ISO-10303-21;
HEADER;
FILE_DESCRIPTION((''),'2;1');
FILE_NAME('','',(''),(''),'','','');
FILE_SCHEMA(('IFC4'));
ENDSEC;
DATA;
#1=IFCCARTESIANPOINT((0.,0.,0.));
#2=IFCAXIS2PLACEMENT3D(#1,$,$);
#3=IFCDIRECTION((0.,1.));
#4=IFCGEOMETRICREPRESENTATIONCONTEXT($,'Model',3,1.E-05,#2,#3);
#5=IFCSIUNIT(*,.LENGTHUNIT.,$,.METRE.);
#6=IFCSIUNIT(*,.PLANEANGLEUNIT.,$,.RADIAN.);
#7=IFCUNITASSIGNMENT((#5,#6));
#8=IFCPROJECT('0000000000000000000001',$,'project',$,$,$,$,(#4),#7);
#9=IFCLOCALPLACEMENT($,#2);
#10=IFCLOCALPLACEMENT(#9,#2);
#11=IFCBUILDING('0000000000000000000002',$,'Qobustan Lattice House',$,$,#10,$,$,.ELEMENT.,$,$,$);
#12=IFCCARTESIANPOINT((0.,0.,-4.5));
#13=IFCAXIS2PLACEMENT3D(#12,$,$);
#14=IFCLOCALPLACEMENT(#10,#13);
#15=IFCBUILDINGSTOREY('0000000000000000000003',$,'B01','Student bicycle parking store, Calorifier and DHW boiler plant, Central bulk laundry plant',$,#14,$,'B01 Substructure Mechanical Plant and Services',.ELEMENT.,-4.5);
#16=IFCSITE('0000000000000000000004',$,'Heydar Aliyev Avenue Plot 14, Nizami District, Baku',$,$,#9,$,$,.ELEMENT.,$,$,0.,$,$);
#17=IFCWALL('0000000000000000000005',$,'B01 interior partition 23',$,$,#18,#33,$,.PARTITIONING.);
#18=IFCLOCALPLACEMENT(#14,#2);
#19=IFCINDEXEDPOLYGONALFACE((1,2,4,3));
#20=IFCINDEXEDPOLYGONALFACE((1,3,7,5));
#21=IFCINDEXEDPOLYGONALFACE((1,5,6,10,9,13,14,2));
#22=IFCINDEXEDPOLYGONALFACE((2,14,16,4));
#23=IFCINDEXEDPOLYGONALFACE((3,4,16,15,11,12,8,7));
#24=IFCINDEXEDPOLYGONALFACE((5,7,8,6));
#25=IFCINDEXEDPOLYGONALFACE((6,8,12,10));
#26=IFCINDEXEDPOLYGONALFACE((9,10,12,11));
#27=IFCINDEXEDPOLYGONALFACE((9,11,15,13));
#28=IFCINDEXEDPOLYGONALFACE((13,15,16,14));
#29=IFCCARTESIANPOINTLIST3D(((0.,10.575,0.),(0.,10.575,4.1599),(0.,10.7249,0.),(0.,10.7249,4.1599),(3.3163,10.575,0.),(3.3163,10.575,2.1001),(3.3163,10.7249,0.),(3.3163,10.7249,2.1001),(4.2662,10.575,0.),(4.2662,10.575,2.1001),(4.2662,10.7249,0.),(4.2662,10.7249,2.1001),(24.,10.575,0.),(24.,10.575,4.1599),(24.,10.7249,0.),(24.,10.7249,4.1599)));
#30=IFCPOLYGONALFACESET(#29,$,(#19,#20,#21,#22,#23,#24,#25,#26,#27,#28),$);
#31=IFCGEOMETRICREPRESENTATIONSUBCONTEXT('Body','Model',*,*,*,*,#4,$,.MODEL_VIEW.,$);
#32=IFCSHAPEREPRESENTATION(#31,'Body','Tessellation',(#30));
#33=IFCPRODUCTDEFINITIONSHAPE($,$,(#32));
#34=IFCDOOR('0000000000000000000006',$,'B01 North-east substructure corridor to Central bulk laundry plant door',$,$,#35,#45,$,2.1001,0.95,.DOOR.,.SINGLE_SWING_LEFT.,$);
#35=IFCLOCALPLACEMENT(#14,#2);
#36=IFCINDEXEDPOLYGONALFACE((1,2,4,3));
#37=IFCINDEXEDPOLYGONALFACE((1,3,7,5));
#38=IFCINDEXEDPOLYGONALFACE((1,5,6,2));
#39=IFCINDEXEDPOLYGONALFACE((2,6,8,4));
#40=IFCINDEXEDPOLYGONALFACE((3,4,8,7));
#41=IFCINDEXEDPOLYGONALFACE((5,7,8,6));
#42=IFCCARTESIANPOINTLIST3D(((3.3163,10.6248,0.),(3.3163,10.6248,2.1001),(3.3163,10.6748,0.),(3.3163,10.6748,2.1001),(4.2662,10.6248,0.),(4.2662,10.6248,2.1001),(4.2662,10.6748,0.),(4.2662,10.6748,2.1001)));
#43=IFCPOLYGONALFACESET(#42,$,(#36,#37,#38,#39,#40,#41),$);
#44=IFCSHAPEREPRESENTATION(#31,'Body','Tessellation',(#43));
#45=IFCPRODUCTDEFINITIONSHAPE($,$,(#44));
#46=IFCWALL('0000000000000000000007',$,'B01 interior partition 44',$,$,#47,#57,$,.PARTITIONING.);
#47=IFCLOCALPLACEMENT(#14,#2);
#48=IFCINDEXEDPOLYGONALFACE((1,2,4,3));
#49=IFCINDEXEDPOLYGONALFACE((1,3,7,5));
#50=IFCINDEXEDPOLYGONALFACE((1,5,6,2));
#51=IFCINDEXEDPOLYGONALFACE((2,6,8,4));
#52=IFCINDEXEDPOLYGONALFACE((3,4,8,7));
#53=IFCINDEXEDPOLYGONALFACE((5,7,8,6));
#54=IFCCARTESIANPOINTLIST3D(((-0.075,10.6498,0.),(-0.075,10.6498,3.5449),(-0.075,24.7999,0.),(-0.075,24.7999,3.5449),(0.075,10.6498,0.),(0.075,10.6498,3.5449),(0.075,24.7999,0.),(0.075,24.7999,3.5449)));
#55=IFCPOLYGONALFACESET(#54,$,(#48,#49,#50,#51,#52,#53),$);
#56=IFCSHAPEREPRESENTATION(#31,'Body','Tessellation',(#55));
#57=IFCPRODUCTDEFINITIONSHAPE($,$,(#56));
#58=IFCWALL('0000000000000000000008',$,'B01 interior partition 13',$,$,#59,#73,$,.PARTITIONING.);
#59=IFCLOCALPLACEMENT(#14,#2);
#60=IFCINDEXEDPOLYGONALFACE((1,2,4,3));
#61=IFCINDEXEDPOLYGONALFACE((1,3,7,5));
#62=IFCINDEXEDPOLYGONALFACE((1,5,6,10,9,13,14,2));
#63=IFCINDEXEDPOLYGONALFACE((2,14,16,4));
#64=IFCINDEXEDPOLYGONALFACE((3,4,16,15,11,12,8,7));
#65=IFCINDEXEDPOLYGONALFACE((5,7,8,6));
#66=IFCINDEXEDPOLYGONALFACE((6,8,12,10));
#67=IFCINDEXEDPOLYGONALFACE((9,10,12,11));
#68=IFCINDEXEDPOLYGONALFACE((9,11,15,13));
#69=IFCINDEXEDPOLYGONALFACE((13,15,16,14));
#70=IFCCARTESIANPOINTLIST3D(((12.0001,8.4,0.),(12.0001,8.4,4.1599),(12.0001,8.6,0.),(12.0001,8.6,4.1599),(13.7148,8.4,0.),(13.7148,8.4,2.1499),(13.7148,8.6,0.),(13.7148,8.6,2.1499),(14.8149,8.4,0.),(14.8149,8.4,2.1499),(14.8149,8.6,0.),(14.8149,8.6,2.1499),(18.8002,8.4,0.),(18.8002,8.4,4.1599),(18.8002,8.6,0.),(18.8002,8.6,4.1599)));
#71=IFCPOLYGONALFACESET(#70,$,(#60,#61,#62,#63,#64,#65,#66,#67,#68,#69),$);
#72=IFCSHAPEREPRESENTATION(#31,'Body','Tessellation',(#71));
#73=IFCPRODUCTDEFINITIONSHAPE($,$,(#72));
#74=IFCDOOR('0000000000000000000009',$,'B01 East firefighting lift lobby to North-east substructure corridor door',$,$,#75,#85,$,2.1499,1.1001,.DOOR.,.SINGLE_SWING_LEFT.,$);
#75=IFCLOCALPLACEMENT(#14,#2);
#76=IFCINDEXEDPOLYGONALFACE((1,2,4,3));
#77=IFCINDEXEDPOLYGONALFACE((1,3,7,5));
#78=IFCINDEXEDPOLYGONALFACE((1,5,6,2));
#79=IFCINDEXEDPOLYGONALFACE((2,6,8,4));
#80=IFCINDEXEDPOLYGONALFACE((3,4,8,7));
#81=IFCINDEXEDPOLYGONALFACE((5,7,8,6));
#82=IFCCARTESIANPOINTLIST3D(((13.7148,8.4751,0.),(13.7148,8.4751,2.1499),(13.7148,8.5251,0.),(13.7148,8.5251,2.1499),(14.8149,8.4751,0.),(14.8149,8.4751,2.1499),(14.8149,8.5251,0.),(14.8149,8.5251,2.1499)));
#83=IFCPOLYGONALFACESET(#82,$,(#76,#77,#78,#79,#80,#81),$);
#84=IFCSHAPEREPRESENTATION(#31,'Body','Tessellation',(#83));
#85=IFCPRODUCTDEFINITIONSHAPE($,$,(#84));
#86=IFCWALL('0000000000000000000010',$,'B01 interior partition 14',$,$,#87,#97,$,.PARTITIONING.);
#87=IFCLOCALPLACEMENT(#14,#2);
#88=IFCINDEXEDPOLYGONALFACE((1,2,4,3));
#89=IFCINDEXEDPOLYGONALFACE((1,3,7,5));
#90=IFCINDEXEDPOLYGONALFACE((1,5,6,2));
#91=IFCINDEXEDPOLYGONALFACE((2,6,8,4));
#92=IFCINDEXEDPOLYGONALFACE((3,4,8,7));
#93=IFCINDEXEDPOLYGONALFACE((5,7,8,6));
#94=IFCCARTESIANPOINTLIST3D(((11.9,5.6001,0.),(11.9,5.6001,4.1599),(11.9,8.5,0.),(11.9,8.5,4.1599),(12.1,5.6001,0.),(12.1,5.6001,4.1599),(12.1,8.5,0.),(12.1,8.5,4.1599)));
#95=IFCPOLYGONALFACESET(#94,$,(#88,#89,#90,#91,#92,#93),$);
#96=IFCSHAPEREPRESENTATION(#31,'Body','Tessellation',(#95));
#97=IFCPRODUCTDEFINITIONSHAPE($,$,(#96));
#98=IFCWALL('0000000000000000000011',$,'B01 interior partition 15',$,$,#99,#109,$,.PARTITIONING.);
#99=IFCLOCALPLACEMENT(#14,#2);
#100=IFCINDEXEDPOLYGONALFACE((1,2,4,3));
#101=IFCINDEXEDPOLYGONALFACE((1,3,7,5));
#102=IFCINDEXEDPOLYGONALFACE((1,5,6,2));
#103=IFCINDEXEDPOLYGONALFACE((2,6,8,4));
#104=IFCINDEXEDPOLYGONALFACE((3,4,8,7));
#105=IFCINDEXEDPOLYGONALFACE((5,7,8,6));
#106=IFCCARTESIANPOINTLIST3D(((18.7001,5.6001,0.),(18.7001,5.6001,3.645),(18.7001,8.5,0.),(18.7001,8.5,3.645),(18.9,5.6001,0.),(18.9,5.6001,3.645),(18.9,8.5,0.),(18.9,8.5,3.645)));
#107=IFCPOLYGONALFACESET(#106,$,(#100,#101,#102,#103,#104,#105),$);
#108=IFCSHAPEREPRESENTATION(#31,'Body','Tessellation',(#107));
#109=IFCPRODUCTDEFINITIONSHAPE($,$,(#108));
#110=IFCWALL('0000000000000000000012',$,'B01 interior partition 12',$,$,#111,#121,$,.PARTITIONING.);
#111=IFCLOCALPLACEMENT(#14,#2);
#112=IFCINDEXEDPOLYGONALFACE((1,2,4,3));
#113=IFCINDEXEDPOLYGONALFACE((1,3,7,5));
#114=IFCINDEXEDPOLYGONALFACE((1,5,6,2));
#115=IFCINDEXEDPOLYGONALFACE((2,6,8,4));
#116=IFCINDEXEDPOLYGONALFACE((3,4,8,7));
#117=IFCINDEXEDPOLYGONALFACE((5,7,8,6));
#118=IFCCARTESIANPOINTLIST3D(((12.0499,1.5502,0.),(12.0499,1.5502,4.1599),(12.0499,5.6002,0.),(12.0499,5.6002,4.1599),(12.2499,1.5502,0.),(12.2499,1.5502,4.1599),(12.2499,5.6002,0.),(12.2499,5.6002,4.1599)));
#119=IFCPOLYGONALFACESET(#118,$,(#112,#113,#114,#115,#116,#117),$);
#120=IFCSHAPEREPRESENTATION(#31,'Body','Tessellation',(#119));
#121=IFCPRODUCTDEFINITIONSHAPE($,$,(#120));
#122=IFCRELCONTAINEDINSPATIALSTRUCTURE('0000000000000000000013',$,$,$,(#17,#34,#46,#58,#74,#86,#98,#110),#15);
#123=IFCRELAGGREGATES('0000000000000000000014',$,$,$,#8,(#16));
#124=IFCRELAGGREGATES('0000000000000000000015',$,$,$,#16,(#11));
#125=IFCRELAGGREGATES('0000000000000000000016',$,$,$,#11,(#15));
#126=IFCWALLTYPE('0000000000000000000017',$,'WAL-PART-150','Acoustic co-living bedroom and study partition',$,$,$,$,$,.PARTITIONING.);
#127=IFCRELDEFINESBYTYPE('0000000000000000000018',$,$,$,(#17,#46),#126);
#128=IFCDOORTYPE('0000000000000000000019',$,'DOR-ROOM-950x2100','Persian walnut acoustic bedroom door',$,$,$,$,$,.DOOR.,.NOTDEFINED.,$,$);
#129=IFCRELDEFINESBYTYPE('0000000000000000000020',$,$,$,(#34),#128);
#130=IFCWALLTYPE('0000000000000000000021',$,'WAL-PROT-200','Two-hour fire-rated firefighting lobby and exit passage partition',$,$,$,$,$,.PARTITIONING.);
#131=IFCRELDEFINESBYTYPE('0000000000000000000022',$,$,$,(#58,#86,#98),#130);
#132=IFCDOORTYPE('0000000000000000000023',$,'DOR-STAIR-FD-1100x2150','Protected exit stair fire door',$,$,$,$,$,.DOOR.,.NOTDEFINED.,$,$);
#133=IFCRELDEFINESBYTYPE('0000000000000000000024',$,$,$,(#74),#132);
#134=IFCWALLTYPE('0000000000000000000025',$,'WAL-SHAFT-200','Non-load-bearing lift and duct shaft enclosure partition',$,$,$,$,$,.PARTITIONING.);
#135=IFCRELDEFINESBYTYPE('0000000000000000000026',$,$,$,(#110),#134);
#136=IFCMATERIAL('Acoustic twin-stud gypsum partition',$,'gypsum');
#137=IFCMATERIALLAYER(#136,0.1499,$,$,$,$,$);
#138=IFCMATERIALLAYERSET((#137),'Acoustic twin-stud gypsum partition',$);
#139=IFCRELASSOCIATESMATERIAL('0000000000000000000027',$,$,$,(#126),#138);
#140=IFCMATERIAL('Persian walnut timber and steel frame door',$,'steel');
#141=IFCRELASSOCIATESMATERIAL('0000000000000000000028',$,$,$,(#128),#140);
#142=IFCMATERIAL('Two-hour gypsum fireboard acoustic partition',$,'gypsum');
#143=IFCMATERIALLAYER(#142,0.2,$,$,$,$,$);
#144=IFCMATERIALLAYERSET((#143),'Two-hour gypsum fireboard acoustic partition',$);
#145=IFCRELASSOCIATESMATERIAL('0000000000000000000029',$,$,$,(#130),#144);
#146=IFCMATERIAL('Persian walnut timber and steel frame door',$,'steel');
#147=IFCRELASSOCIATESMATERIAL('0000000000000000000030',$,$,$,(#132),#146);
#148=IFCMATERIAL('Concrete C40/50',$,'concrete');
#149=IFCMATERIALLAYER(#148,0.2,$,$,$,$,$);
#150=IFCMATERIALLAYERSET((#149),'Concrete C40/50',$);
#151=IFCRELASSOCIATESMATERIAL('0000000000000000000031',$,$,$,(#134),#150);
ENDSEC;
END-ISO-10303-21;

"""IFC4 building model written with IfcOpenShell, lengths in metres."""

from ifc_helpers import new_model, si_unit, direction, frame, frame_2d, origin, place, context, subcontext, project, spatial, rectangle, extrude, material, layer, layer_set, type_object, element, fill, save


model = new_model("IFC4")

# Units and contexts
model_context = context("Model", 3, precision=1e-05, world=origin(), true_north=direction((0.0, 1.0)))
body_context = subcontext(model_context, "Body", "Model", "MODEL_VIEW")
ifc_project = project(units=[si_unit("LENGTHUNIT", "METRE"), si_unit("PLANEANGLEUNIT", "RADIAN")], contexts=[model_context])

# Site, building, storey
site_placement = place(None, origin())
site = spatial("IfcSite", under=ifc_project, at=site_placement, Name="Heydar Aliyev Avenue Plot 14, Nizami District, Baku", CompositionType="ELEMENT", RefElevation=0.0)
building_placement = place(site_placement, origin())
building = spatial("IfcBuilding", under=site, at=building_placement, Name="Qobustan Lattice House", CompositionType="ELEMENT")
storey_placement = place(building_placement, frame((0.0, 0.0, -4.5)))
storey = spatial("IfcBuildingStorey", under=building, at=storey_placement, Name="B01", Description="Student bicycle parking store, Calorifier and DHW boiler plant, Central bulk laundry plant", LongName="B01 Substructure Mechanical Plant and Services", CompositionType="ELEMENT", Elevation=-4.5)

# Wall, opening, door
ifc_material_1 = material(Name="Acoustic twin-stud gypsum partition", Category="gypsum")
ifc_layer_1 = layer(ifc_material_1, 0.1499)
ifc_layer_set_1 = layer_set([ifc_layer_1], Name="Acoustic twin-stud gypsum partition")
wall_type_1 = type_object("IfcWallType", Name="WAL-PART-150", Description="Acoustic co-living bedroom and study partition", PredefinedType="PARTITIONING", material=ifc_layer_set_1)
wall_1_placement = place(storey_placement, frame((0.0, 10.6499, 0.0), z_axis=(0.0, 0.0, 1.0), x_axis=(1.0, 0.0, 0.0)))
wall_1 = element("IfcWall", 1, at=wall_1_placement, inside=storey, type_object=wall_type_1, Name="B01 interior partition 23", PredefinedType="PARTITIONING", context=body_context, shape_type="SweptSolid", body=[
    extrude(rectangle(XDim=24.0, YDim=0.1499, at=frame_2d((12.0, 0.0))), origin(), (0.0, 0.0, 1.0), 4.1599),
])
opening_1_placement = place(wall_1_placement, frame((3.3162, 0.0, 0.0)))
opening_1 = element("IfcOpeningElement", 2, at=opening_1_placement, cuts=wall_1, PredefinedType="OPENING", context=body_context, shape_type="SweptSolid", body=[
    extrude(rectangle(XDim=0.95, YDim=2.1001, at=frame_2d((0.4751, 1.05))), frame((0.0, 0.085, 0.0), z_axis=(0.0, -1.0, 0.0), x_axis=(1.0, 0.0, 0.0)), (0.0, 0.0, 1.0), 0.1699),
])
ifc_material_2 = material(Name="Persian walnut timber and steel frame door", Category="steel")
door_type_1 = type_object("IfcDoorType", Name="DOR-ROOM-950x2100", Description="Persian walnut acoustic bedroom door", OperationType="NOTDEFINED", PredefinedType="DOOR", material=ifc_material_2)
door_1_placement = place(opening_1_placement, origin())
door_1 = element("IfcDoor", 3, at=door_1_placement, inside=storey, type_object=door_type_1, Name="B01 North-east substructure corridor to Central bulk laundry plant door", OperationType="SINGLE_SWING_LEFT", OverallHeight=2.1001, OverallWidth=0.95, PredefinedType="DOOR", context=body_context, shape_type="SweptSolid", body=[
    extrude(rectangle(XDim=0.95, YDim=2.1001, at=frame_2d((0.4751, 1.05))), frame((0.0, 0.0249, 0.0), z_axis=(0.0, -1.0, 0.0), x_axis=(1.0, 0.0, 0.0)), (0.0, 0.0, 1.0), 0.05),
])
fill(opening_1, door_1)

# Wall
wall_2_placement = place(storey_placement, frame((0.0, 24.8, 0.0), z_axis=(0.0, 0.0, 1.0), x_axis=(0.0, -1.0, 0.0)))
element("IfcWall", 4, at=wall_2_placement, inside=storey, type_object=wall_type_1, Name="B01 interior partition 44", PredefinedType="PARTITIONING", context=body_context, shape_type="SweptSolid", body=[
    extrude(rectangle(XDim=14.1501, YDim=0.1499, at=frame_2d((7.0752, 0.0))), origin(), (0.0, 0.0, 1.0), 3.5449),
])

# Wall, opening, door
ifc_material_3 = material(Name="Two-hour gypsum fireboard acoustic partition", Category="gypsum")
ifc_layer_2 = layer(ifc_material_3, 0.2)
ifc_layer_set_2 = layer_set([ifc_layer_2], Name="Two-hour gypsum fireboard acoustic partition")
wall_type_2 = type_object("IfcWallType", Name="WAL-PROT-200", Description="Two-hour fire-rated firefighting lobby and exit passage partition", PredefinedType="PARTITIONING", material=ifc_layer_set_2)
wall_3_placement = place(storey_placement, frame((18.8, 8.5, 0.0), z_axis=(0.0, 0.0, 1.0), x_axis=(-1.0, 0.0, 0.0)))
wall_3 = element("IfcWall", 5, at=wall_3_placement, inside=storey, type_object=wall_type_2, Name="B01 interior partition 13", PredefinedType="PARTITIONING", context=body_context, shape_type="SweptSolid", body=[
    extrude(rectangle(XDim=6.8, YDim=0.2, at=frame_2d((3.3999, 0.0))), origin(), (0.0, 0.0, 1.0), 4.1599),
])
opening_2_placement = place(wall_3_placement, frame((3.9851, 0.0, 0.0)))
opening_2 = element("IfcOpeningElement", 6, at=opening_2_placement, cuts=wall_3, PredefinedType="OPENING", context=body_context, shape_type="SweptSolid", body=[
    extrude(rectangle(XDim=1.1001, YDim=2.1499, at=frame_2d((0.55, 1.075))), frame((0.0, 0.1099, 0.0), z_axis=(0.0, -1.0, 0.0), x_axis=(1.0, 0.0, 0.0)), (0.0, 0.0, 1.0), 0.22),
])
ifc_material_4 = material(Name="Persian walnut timber and steel frame door", Category="steel")
door_type_2 = type_object("IfcDoorType", Name="DOR-STAIR-FD-1100x2150", Description="Protected exit stair fire door", OperationType="NOTDEFINED", PredefinedType="DOOR", material=ifc_material_4)
door_2_placement = place(opening_2_placement, origin())
door_2 = element("IfcDoor", 7, at=door_2_placement, inside=storey, type_object=door_type_2, Name="B01 East firefighting lift lobby to North-east substructure corridor door", OperationType="SINGLE_SWING_LEFT", OverallHeight=2.1499, OverallWidth=1.1001, PredefinedType="DOOR", context=body_context, shape_type="SweptSolid", body=[
    extrude(rectangle(XDim=1.1001, YDim=2.1499, at=frame_2d((0.55, 1.075))), frame((0.0, 0.0249, 0.0), z_axis=(0.0, -1.0, 0.0), x_axis=(1.0, 0.0, 0.0)), (0.0, 0.0, 1.0), 0.05),
])
fill(opening_2, door_2)

# Walls
wall_4_placement = place(storey_placement, frame((12.0, 8.5, 0.0), z_axis=(0.0, 0.0, 1.0), x_axis=(0.0, -1.0, 0.0)))
element("IfcWall", 8, at=wall_4_placement, inside=storey, type_object=wall_type_2, Name="B01 interior partition 14", PredefinedType="PARTITIONING", context=body_context, shape_type="SweptSolid", body=[
    extrude(rectangle(XDim=2.8999, YDim=0.2, at=frame_2d((1.45, 0.0))), origin(), (0.0, 0.0, 1.0), 4.1599),
])
wall_5_placement = place(storey_placement, frame((18.8, 5.6001, 0.0), z_axis=(0.0, 0.0, 1.0), x_axis=(0.0, 1.0, 0.0)))
element("IfcWall", 9, at=wall_5_placement, inside=storey, type_object=wall_type_2, Name="B01 interior partition 15", PredefinedType="PARTITIONING", context=body_context, shape_type="SweptSolid", body=[
    extrude(rectangle(XDim=2.8999, YDim=0.2, at=frame_2d((1.45, 0.0))), origin(), (0.0, 0.0, 1.0), 3.645),
])
ifc_material_5 = material(Name="Concrete C40/50", Category="concrete")
ifc_layer_3 = layer(ifc_material_5, 0.2)
ifc_layer_set_3 = layer_set([ifc_layer_3], Name="Concrete C40/50")
wall_type_3 = type_object("IfcWallType", Name="WAL-SHAFT-200", Description="Non-load-bearing lift and duct shaft enclosure partition", PredefinedType="PARTITIONING", material=ifc_layer_set_3)
wall_6_placement = place(storey_placement, frame((12.1499, 5.6001, 0.0), z_axis=(0.0, 0.0, 1.0), x_axis=(0.0, -1.0, 0.0)))
element("IfcWall", 10, at=wall_6_placement, inside=storey, type_object=wall_type_3, Name="B01 interior partition 12", PredefinedType="PARTITIONING", context=body_context, shape_type="SweptSolid", body=[
    extrude(rectangle(XDim=4.05, YDim=0.2, at=frame_2d((2.0249, 0.0))), origin(), (0.0, 0.0, 1.0), 4.1599),
])

save(model, "model.ifc")
